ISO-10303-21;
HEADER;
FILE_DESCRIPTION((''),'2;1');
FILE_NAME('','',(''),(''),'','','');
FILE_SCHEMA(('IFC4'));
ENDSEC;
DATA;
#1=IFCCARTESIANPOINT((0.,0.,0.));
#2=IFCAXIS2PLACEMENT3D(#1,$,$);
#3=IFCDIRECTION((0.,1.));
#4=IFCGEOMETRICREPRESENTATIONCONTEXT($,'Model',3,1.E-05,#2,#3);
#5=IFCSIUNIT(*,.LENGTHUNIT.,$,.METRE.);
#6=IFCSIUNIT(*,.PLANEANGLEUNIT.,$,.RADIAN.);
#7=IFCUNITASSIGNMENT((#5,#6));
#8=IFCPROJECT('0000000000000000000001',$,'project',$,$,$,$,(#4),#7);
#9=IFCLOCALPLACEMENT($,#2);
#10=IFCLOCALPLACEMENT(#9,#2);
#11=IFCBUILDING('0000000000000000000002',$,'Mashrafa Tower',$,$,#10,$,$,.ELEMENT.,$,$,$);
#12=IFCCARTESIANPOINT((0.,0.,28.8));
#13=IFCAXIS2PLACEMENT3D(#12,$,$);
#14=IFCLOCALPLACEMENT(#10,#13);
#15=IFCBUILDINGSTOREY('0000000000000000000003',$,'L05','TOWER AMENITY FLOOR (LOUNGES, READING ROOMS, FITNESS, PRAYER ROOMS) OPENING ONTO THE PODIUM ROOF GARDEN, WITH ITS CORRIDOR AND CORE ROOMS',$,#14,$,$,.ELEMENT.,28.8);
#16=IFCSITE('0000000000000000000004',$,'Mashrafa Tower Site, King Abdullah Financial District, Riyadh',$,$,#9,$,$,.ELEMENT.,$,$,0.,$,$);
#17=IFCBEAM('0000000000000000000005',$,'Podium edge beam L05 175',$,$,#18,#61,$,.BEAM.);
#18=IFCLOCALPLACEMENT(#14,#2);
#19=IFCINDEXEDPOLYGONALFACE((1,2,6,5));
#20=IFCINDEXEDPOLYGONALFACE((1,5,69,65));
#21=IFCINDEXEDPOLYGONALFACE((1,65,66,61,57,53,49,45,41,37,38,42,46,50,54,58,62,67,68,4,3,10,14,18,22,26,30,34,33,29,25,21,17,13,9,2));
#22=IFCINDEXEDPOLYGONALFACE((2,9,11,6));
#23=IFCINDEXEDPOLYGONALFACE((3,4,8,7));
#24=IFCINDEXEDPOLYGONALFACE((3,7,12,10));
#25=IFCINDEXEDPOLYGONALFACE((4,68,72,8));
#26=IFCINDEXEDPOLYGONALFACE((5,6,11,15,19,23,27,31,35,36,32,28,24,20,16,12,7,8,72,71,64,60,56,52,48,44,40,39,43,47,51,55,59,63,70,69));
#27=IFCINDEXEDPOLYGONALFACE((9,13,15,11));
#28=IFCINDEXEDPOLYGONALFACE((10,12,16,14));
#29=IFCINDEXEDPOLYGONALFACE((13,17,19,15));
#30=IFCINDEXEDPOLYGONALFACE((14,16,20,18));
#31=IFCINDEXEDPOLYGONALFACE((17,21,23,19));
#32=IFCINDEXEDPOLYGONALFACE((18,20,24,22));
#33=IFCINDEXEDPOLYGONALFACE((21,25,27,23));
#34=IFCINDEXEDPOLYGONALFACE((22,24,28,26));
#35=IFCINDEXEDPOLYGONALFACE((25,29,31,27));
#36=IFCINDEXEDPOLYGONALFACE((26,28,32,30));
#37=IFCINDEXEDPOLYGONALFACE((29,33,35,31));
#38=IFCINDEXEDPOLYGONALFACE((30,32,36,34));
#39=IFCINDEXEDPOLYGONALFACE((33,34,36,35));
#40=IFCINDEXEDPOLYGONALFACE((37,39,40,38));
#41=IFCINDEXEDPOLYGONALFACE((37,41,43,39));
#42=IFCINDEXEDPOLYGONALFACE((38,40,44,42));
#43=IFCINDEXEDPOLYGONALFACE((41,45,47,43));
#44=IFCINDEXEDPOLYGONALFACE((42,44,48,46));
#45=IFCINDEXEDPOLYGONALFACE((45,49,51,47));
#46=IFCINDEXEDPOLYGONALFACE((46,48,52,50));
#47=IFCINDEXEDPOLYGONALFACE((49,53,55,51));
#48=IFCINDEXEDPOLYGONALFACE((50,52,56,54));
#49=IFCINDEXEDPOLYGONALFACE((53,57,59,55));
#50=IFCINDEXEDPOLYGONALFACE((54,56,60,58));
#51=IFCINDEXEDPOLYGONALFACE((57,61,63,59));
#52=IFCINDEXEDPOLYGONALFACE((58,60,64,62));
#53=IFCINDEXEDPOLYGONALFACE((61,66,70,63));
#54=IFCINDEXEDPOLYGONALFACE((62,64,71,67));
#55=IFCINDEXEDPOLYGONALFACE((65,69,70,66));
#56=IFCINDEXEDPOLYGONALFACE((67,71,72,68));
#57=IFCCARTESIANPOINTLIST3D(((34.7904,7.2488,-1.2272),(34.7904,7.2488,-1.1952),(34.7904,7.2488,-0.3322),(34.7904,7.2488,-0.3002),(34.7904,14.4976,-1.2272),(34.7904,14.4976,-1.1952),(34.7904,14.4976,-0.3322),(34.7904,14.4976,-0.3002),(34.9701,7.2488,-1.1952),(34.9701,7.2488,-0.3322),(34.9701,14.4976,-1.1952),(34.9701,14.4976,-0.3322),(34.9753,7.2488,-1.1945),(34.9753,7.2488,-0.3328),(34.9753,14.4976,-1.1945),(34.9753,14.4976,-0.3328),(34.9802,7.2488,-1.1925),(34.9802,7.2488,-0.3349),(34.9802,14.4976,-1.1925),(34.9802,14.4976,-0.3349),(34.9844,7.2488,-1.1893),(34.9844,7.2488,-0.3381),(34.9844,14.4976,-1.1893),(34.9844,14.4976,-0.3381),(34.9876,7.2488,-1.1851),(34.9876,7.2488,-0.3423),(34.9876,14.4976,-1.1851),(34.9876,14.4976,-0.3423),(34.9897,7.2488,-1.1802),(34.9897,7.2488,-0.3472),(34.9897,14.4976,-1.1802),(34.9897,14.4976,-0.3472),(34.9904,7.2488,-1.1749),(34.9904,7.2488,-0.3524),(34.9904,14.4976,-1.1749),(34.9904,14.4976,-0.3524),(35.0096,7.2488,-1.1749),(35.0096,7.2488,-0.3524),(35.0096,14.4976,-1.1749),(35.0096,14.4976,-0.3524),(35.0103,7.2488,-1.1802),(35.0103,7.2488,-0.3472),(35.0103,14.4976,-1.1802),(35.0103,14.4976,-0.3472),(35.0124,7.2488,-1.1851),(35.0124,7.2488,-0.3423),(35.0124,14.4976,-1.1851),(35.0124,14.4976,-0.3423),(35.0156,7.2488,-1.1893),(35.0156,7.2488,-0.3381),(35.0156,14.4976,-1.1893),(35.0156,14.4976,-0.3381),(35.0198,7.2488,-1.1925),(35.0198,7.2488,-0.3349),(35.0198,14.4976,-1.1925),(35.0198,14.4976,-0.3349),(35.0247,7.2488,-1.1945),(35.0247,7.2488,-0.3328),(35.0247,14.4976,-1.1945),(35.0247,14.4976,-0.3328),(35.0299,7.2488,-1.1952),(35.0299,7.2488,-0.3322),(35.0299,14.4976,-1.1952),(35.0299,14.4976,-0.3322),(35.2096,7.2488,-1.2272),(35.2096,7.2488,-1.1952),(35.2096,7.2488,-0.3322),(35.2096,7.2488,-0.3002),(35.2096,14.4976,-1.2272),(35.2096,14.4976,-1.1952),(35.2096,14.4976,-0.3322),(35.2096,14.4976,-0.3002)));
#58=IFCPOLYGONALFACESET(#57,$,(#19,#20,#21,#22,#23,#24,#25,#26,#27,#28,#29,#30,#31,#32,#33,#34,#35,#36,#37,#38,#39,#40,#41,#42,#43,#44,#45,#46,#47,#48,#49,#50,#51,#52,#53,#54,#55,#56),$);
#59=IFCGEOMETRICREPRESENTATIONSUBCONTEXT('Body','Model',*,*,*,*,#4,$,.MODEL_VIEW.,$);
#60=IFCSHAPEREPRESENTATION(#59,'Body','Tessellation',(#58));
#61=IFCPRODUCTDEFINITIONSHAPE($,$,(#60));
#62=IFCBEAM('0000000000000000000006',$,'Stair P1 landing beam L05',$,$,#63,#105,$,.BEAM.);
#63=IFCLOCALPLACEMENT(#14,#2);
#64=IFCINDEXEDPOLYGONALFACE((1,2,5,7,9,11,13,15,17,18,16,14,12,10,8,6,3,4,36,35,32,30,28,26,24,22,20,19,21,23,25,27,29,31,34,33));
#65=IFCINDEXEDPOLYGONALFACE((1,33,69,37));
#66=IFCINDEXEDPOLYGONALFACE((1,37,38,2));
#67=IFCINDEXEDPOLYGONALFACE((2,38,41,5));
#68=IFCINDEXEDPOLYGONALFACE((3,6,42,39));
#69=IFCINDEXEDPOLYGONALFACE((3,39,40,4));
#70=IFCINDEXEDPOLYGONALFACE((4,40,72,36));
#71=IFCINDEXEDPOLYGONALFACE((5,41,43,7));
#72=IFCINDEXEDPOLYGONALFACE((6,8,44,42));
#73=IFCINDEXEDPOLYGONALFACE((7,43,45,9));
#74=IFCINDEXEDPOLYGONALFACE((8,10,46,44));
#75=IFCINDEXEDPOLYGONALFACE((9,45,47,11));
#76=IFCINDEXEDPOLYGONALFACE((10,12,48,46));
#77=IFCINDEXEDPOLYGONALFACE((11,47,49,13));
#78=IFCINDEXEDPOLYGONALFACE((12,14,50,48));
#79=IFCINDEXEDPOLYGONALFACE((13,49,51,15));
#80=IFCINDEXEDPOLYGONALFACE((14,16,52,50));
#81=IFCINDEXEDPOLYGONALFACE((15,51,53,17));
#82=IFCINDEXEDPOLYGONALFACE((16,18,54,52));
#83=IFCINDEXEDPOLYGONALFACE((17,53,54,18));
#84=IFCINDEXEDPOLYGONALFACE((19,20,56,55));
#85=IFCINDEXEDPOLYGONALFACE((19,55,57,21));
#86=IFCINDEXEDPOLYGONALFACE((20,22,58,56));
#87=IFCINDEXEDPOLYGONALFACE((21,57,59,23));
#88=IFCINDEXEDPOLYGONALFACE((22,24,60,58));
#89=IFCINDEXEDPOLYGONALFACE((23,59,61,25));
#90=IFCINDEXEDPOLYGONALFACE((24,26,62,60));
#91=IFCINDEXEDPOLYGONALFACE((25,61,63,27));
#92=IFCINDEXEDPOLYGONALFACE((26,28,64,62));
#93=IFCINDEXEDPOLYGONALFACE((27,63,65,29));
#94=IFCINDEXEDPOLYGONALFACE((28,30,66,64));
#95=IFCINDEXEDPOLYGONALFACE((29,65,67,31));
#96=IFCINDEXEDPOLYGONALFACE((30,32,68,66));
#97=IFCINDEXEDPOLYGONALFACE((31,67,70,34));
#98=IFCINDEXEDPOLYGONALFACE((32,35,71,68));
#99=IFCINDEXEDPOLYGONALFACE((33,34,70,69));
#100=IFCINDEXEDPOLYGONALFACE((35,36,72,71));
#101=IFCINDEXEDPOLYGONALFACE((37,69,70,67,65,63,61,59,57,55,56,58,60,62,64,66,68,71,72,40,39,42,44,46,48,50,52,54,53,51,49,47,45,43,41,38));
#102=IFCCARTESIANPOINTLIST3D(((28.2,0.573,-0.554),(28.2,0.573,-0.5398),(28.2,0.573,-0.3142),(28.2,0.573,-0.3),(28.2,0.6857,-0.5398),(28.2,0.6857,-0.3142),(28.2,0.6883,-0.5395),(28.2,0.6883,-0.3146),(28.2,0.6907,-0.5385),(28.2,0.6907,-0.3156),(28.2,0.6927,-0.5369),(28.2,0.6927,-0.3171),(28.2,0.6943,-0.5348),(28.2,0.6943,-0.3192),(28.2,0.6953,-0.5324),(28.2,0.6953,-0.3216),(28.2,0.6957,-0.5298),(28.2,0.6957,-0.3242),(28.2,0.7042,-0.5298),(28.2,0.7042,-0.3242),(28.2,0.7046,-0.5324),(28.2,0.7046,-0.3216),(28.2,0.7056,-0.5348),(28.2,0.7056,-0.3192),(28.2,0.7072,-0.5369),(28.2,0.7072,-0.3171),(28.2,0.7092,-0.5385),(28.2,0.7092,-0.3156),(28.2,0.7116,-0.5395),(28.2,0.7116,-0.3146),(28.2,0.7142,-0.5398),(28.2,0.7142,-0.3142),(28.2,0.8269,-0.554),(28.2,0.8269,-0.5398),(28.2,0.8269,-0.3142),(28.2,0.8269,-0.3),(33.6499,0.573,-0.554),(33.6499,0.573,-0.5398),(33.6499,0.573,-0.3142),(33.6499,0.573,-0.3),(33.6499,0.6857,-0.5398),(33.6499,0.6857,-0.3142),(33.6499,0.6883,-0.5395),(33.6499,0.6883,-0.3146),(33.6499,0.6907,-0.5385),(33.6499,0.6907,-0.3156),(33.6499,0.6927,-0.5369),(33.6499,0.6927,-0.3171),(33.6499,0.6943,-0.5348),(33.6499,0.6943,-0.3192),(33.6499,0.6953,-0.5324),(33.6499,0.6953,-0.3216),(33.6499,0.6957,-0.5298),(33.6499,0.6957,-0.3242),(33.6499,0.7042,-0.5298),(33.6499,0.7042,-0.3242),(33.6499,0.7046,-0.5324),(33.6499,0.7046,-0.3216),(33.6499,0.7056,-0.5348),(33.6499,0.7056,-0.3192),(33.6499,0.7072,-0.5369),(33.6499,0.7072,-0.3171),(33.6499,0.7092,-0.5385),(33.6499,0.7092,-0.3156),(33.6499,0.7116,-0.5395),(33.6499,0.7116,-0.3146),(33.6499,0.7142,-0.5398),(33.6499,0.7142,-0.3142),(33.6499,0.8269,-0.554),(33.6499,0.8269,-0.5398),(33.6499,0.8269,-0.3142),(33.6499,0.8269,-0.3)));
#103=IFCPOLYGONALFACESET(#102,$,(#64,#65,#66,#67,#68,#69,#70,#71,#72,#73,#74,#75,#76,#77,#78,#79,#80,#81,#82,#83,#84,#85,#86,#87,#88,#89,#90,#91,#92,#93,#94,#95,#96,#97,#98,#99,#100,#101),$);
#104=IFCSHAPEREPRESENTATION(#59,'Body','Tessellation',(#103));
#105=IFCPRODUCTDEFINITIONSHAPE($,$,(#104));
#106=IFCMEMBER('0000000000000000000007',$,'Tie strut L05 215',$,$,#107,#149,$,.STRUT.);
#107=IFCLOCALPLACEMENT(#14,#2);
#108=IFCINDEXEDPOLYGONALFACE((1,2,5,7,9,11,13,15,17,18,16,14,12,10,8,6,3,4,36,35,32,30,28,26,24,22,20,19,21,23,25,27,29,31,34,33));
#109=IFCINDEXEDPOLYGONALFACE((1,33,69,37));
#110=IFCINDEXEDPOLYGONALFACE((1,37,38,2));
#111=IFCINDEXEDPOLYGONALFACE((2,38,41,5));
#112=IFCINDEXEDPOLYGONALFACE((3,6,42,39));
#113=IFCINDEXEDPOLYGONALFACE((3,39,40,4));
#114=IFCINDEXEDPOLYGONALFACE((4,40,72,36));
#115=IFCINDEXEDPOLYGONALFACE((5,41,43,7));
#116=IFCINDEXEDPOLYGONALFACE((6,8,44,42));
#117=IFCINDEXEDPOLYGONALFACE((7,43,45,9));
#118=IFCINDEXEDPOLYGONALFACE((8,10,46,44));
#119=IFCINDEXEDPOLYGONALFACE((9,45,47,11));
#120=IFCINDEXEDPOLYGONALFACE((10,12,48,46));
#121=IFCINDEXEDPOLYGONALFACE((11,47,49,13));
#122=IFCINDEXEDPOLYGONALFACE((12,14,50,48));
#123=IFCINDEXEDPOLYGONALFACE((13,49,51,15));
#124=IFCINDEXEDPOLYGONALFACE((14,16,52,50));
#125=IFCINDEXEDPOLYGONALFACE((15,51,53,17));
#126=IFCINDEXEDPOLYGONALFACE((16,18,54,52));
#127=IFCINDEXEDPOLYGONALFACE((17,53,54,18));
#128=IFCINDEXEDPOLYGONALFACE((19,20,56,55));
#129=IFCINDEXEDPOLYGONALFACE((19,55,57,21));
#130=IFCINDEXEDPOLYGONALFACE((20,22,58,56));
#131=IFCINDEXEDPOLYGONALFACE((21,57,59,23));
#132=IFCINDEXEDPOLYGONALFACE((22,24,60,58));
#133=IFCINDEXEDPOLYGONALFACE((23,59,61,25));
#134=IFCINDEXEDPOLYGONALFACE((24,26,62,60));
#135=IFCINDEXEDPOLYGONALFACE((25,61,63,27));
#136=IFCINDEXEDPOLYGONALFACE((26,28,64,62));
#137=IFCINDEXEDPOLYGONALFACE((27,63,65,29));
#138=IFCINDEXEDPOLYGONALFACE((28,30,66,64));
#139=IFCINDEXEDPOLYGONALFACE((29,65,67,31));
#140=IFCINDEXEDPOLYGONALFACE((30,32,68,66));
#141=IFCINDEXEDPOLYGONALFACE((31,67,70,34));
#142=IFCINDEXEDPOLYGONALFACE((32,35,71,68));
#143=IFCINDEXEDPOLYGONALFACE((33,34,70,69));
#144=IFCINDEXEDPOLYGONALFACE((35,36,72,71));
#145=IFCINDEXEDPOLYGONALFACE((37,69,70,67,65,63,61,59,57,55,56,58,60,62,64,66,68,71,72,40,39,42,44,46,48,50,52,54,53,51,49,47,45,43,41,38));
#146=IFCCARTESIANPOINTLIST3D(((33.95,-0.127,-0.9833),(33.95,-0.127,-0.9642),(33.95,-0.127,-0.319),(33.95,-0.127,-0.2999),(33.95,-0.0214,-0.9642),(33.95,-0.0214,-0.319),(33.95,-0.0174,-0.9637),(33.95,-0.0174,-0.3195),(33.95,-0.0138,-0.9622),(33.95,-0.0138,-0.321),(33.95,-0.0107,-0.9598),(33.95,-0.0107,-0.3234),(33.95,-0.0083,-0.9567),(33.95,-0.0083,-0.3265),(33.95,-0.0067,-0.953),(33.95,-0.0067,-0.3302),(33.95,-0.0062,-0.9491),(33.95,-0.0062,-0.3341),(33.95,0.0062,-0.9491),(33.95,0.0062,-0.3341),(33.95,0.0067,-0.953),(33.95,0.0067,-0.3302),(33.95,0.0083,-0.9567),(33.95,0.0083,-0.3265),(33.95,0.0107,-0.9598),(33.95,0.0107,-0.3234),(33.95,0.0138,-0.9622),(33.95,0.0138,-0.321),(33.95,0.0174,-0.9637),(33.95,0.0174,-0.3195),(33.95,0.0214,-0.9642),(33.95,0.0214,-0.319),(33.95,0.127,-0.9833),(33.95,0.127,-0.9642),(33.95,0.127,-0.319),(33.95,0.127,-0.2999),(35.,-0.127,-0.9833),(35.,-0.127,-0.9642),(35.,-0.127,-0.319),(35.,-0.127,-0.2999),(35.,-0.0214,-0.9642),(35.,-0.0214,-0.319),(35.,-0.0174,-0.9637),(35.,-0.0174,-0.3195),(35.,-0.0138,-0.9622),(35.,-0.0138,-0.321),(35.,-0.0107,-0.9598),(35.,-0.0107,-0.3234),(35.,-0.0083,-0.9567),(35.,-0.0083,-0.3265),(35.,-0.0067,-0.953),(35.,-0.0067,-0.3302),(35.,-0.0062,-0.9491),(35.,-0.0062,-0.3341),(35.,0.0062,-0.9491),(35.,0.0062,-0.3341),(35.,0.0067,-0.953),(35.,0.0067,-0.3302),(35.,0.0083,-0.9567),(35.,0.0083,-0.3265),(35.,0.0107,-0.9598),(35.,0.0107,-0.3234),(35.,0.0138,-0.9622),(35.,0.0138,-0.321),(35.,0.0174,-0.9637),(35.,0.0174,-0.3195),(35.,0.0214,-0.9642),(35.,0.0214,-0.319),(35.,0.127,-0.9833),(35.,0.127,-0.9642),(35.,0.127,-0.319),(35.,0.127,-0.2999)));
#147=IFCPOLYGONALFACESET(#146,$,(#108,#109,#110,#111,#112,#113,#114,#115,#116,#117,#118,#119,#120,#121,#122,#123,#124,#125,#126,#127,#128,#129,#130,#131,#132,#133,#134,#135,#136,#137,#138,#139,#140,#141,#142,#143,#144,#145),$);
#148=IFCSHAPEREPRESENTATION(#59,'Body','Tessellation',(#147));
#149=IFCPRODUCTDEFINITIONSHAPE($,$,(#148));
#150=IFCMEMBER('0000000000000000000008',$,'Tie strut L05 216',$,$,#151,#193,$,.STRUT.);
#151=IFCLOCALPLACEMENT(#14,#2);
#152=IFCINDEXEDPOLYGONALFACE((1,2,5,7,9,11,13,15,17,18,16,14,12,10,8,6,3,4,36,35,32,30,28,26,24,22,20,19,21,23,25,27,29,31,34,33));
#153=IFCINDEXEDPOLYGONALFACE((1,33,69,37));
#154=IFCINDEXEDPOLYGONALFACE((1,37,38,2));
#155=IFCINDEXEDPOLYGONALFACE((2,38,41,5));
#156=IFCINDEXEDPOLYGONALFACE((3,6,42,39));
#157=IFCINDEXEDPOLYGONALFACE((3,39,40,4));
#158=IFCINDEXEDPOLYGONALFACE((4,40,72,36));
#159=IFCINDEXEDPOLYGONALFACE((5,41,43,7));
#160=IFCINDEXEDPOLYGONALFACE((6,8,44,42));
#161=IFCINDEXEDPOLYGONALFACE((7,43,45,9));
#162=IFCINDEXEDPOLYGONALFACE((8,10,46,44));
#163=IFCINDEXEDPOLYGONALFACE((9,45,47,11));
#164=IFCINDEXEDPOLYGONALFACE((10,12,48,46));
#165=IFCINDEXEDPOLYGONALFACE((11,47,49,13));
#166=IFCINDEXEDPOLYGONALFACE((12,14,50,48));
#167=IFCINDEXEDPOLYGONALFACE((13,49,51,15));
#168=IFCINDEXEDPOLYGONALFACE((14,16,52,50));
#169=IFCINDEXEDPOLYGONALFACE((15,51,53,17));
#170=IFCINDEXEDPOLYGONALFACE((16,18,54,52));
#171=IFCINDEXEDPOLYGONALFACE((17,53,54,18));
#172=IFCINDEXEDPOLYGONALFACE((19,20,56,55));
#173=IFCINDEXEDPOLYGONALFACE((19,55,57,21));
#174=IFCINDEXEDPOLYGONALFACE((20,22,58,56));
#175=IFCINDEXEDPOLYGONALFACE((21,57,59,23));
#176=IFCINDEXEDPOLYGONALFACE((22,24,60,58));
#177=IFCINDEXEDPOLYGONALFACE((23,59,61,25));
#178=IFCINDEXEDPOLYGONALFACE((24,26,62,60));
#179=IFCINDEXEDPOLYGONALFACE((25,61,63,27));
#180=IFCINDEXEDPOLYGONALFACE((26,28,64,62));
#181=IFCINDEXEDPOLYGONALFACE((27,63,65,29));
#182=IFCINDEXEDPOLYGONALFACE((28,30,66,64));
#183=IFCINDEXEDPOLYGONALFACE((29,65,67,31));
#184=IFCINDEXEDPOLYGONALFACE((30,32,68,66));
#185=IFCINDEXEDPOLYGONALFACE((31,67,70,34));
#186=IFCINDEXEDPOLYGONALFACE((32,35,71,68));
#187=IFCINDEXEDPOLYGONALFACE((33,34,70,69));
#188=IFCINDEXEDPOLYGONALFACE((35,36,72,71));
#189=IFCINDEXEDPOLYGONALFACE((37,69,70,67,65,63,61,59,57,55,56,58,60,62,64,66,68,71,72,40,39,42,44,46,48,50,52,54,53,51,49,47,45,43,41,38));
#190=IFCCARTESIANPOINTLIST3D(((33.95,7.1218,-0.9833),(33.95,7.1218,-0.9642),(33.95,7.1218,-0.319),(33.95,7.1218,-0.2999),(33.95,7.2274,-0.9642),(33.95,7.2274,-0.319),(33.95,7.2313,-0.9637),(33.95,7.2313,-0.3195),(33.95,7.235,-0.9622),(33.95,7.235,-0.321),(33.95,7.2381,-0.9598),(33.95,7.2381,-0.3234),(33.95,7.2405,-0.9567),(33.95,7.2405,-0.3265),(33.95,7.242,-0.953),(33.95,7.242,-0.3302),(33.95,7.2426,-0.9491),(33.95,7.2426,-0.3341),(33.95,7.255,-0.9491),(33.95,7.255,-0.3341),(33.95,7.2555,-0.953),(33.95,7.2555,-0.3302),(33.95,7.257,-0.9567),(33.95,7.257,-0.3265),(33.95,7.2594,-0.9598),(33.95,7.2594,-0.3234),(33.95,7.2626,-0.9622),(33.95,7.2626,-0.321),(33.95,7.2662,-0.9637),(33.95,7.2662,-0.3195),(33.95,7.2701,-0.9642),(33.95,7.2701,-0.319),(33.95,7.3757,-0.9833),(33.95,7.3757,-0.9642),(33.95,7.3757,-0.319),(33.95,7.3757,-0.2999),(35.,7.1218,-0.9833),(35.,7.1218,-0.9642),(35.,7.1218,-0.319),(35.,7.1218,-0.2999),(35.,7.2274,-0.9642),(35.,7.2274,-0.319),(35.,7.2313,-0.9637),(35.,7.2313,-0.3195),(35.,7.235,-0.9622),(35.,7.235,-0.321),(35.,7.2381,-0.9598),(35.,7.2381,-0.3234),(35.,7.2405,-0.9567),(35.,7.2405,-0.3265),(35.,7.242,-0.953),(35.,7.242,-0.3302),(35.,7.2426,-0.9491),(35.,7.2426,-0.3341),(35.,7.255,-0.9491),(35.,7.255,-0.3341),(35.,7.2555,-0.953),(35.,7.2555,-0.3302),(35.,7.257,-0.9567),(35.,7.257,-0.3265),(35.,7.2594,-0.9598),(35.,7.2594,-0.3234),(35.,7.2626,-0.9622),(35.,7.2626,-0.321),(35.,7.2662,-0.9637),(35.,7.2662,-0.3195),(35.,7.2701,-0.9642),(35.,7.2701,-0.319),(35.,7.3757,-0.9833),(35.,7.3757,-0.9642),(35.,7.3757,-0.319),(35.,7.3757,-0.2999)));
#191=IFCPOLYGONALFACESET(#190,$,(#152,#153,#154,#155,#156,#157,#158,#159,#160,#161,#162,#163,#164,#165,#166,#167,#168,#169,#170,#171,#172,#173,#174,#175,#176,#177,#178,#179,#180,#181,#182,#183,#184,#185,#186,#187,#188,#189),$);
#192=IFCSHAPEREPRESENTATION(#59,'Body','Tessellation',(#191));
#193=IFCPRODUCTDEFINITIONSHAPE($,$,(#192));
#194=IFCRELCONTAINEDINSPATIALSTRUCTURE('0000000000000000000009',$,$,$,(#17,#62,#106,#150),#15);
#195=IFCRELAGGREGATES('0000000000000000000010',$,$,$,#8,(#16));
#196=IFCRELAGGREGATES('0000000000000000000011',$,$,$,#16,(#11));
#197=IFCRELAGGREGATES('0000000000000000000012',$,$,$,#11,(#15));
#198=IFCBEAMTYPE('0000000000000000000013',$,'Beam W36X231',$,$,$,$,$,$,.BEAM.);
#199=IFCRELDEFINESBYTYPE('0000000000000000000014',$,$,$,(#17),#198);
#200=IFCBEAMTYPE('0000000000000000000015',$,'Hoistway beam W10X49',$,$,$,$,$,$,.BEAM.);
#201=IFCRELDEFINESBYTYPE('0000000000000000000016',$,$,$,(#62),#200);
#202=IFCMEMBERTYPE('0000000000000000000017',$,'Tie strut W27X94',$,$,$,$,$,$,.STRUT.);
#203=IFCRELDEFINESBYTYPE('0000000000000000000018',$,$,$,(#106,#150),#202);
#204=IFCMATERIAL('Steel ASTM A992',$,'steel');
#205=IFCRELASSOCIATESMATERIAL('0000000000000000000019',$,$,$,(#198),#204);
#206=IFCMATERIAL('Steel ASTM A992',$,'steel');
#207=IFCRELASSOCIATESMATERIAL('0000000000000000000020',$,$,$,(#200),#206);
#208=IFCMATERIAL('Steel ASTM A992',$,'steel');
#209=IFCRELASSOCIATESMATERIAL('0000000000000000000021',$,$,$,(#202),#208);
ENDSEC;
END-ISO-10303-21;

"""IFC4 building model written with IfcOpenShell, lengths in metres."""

from ifc_helpers import new_model, si_unit, direction, frame, origin, origin_2d, place, context, subcontext, project, spatial, i_section, extrude, source, transform, mapped, material, material_profile, profile_set, type_object, type_shapes, element, save


model = new_model("IFC4")

# Units and contexts
model_context = context("Model", 3, precision=1e-05, world=origin(), true_north=direction((0.0, 1.0)))
body_context = subcontext(model_context, "Body", "Model", "MODEL_VIEW")
ifc_project = project(units=[si_unit("LENGTHUNIT", "METRE"), si_unit("PLANEANGLEUNIT", "RADIAN")], contexts=[model_context])

# Site, building, storey
site_placement = place(None, origin())
site = spatial("IfcSite", under=ifc_project, at=site_placement, Name="Mashrafa Tower Site, King Abdullah Financial District, Riyadh", CompositionType="ELEMENT", RefElevation=0.0)
building_placement = place(site_placement, origin())
building = spatial("IfcBuilding", under=site, at=building_placement, Name="Mashrafa Tower", CompositionType="ELEMENT")
storey_placement = place(building_placement, frame((0.0, 0.0, 28.8)))
storey = spatial("IfcBuildingStorey", under=building, at=storey_placement, Name="L05", Description="TOWER AMENITY FLOOR (LOUNGES, READING ROOMS, FITNESS, PRAYER ROOMS) OPENING ONTO THE PODIUM ROOF GARDEN, WITH ITS CORRIDOR AND CORE ROOMS", CompositionType="ELEMENT", Elevation=28.8)

# Beams
ifc_material_1 = material(Name="Steel ASTM A992", Category="steel")
ifc_material_profile_1 = material_profile(ifc_material_1, i_section(OverallWidth=0.4192, OverallDepth=0.927, WebThickness=0.0193, FlangeThickness=0.032, FilletRadius=0.0203, at=origin_2d()), Name="W36X231")
ifc_profile_set_1 = profile_set([ifc_material_profile_1], Name="Steel ASTM A992")
beam_type_1 = type_object("IfcBeamType", Name="Beam W36X231", PredefinedType="BEAM", material=ifc_profile_set_1)
for number, where, z_axis, x_axis, name in (
    (1, (35.0, 7.2488, -0.7637), (0.0, 1.0, 0.0), (-1.0, 0.0, 0.0), "Podium edge beam L05 175"),
):
    element("IfcBeam", number, at=place(storey_placement, frame(where, z_axis=z_axis, x_axis=x_axis)), inside=storey, type_object=beam_type_1, Name=name, PredefinedType="BEAM", context=body_context, shape_type="SweptSolid", body=[
        extrude(i_section(OverallWidth=0.4192, OverallDepth=0.927, WebThickness=0.0193, FlangeThickness=0.032, FilletRadius=0.0203, at=origin_2d()), origin(), (0.0, 0.0, 1.0), 7.2488),
    ])
ifc_material_2 = material(Name="Steel ASTM A992", Category="steel")
ifc_material_profile_2 = material_profile(ifc_material_2, i_section(OverallWidth=0.2539, OverallDepth=0.2539, WebThickness=0.0085, FlangeThickness=0.0142, FilletRadius=0.01, at=origin_2d()), Name="W10X49")
ifc_profile_set_2 = profile_set([ifc_material_profile_2], Name="Steel ASTM A992")
beam_type_2 = type_object("IfcBeamType", Name="Hoistway beam W10X49", PredefinedType="BEAM", material=ifc_profile_set_2)
beam_placement = place(storey_placement, frame((28.2, 0.7, -0.427), z_axis=(1.0, 0.0, 0.0), x_axis=(0.0, 1.0, 0.0)))
element("IfcBeam", 2, at=beam_placement, inside=storey, type_object=beam_type_2, Name="Stair P1 landing beam L05", PredefinedType="BEAM", context=body_context, shape_type="SweptSolid", body=[
    extrude(i_section(OverallWidth=0.2539, OverallDepth=0.2539, WebThickness=0.0085, FlangeThickness=0.0142, FilletRadius=0.01, at=origin_2d()), origin(), (0.0, 0.0, 1.0), 5.45),
])

# Members
ifc_material_3 = material(Name="Steel ASTM A992", Category="steel")
ifc_material_profile_3 = material_profile(ifc_material_3, i_section(OverallWidth=0.2539, OverallDepth=0.6833, WebThickness=0.0125, FlangeThickness=0.019, FilletRadius=0.0151, at=origin_2d()), Name="W27X94")
ifc_profile_set_3 = profile_set([ifc_material_profile_3], Name="Steel ASTM A992")
member_type_1 = type_object("IfcMemberType", Name="Tie strut W27X94", PredefinedType="STRUT", material=ifc_profile_set_3)
shared_shape_1 = source(origin(), body_context, "Body", "SweptSolid", [
    extrude(i_section(OverallWidth=0.2539, OverallDepth=0.6833, WebThickness=0.0125, FlangeThickness=0.019, FilletRadius=0.0151, at=origin_2d()), origin(), (0.0, 0.0, 1.0), 1.05),
])
type_shapes(member_type_1, [shared_shape_1])
for number, where, z_axis, x_axis, name in (
    (3, (33.95, 0.0, -0.6416), (1.0, 0.0, 0.0), (0.0, 1.0, 0.0), "Tie strut L05 215"),
    (4, (33.95, 7.2488, -0.6416), (1.0, 0.0, 0.0), (0.0, 1.0, 0.0), "Tie strut L05 216"),
):
    element("IfcMember", number, at=place(storey_placement, frame(where, z_axis=z_axis, x_axis=x_axis)), inside=storey, type_object=member_type_1, Name=name, PredefinedType="STRUT", context=body_context, shape_type="MappedRepresentation", body=[
        mapped(shared_shape_1, transform((0.0, 0.0, 0.0))),
    ])

save(model, "model.ifc")
